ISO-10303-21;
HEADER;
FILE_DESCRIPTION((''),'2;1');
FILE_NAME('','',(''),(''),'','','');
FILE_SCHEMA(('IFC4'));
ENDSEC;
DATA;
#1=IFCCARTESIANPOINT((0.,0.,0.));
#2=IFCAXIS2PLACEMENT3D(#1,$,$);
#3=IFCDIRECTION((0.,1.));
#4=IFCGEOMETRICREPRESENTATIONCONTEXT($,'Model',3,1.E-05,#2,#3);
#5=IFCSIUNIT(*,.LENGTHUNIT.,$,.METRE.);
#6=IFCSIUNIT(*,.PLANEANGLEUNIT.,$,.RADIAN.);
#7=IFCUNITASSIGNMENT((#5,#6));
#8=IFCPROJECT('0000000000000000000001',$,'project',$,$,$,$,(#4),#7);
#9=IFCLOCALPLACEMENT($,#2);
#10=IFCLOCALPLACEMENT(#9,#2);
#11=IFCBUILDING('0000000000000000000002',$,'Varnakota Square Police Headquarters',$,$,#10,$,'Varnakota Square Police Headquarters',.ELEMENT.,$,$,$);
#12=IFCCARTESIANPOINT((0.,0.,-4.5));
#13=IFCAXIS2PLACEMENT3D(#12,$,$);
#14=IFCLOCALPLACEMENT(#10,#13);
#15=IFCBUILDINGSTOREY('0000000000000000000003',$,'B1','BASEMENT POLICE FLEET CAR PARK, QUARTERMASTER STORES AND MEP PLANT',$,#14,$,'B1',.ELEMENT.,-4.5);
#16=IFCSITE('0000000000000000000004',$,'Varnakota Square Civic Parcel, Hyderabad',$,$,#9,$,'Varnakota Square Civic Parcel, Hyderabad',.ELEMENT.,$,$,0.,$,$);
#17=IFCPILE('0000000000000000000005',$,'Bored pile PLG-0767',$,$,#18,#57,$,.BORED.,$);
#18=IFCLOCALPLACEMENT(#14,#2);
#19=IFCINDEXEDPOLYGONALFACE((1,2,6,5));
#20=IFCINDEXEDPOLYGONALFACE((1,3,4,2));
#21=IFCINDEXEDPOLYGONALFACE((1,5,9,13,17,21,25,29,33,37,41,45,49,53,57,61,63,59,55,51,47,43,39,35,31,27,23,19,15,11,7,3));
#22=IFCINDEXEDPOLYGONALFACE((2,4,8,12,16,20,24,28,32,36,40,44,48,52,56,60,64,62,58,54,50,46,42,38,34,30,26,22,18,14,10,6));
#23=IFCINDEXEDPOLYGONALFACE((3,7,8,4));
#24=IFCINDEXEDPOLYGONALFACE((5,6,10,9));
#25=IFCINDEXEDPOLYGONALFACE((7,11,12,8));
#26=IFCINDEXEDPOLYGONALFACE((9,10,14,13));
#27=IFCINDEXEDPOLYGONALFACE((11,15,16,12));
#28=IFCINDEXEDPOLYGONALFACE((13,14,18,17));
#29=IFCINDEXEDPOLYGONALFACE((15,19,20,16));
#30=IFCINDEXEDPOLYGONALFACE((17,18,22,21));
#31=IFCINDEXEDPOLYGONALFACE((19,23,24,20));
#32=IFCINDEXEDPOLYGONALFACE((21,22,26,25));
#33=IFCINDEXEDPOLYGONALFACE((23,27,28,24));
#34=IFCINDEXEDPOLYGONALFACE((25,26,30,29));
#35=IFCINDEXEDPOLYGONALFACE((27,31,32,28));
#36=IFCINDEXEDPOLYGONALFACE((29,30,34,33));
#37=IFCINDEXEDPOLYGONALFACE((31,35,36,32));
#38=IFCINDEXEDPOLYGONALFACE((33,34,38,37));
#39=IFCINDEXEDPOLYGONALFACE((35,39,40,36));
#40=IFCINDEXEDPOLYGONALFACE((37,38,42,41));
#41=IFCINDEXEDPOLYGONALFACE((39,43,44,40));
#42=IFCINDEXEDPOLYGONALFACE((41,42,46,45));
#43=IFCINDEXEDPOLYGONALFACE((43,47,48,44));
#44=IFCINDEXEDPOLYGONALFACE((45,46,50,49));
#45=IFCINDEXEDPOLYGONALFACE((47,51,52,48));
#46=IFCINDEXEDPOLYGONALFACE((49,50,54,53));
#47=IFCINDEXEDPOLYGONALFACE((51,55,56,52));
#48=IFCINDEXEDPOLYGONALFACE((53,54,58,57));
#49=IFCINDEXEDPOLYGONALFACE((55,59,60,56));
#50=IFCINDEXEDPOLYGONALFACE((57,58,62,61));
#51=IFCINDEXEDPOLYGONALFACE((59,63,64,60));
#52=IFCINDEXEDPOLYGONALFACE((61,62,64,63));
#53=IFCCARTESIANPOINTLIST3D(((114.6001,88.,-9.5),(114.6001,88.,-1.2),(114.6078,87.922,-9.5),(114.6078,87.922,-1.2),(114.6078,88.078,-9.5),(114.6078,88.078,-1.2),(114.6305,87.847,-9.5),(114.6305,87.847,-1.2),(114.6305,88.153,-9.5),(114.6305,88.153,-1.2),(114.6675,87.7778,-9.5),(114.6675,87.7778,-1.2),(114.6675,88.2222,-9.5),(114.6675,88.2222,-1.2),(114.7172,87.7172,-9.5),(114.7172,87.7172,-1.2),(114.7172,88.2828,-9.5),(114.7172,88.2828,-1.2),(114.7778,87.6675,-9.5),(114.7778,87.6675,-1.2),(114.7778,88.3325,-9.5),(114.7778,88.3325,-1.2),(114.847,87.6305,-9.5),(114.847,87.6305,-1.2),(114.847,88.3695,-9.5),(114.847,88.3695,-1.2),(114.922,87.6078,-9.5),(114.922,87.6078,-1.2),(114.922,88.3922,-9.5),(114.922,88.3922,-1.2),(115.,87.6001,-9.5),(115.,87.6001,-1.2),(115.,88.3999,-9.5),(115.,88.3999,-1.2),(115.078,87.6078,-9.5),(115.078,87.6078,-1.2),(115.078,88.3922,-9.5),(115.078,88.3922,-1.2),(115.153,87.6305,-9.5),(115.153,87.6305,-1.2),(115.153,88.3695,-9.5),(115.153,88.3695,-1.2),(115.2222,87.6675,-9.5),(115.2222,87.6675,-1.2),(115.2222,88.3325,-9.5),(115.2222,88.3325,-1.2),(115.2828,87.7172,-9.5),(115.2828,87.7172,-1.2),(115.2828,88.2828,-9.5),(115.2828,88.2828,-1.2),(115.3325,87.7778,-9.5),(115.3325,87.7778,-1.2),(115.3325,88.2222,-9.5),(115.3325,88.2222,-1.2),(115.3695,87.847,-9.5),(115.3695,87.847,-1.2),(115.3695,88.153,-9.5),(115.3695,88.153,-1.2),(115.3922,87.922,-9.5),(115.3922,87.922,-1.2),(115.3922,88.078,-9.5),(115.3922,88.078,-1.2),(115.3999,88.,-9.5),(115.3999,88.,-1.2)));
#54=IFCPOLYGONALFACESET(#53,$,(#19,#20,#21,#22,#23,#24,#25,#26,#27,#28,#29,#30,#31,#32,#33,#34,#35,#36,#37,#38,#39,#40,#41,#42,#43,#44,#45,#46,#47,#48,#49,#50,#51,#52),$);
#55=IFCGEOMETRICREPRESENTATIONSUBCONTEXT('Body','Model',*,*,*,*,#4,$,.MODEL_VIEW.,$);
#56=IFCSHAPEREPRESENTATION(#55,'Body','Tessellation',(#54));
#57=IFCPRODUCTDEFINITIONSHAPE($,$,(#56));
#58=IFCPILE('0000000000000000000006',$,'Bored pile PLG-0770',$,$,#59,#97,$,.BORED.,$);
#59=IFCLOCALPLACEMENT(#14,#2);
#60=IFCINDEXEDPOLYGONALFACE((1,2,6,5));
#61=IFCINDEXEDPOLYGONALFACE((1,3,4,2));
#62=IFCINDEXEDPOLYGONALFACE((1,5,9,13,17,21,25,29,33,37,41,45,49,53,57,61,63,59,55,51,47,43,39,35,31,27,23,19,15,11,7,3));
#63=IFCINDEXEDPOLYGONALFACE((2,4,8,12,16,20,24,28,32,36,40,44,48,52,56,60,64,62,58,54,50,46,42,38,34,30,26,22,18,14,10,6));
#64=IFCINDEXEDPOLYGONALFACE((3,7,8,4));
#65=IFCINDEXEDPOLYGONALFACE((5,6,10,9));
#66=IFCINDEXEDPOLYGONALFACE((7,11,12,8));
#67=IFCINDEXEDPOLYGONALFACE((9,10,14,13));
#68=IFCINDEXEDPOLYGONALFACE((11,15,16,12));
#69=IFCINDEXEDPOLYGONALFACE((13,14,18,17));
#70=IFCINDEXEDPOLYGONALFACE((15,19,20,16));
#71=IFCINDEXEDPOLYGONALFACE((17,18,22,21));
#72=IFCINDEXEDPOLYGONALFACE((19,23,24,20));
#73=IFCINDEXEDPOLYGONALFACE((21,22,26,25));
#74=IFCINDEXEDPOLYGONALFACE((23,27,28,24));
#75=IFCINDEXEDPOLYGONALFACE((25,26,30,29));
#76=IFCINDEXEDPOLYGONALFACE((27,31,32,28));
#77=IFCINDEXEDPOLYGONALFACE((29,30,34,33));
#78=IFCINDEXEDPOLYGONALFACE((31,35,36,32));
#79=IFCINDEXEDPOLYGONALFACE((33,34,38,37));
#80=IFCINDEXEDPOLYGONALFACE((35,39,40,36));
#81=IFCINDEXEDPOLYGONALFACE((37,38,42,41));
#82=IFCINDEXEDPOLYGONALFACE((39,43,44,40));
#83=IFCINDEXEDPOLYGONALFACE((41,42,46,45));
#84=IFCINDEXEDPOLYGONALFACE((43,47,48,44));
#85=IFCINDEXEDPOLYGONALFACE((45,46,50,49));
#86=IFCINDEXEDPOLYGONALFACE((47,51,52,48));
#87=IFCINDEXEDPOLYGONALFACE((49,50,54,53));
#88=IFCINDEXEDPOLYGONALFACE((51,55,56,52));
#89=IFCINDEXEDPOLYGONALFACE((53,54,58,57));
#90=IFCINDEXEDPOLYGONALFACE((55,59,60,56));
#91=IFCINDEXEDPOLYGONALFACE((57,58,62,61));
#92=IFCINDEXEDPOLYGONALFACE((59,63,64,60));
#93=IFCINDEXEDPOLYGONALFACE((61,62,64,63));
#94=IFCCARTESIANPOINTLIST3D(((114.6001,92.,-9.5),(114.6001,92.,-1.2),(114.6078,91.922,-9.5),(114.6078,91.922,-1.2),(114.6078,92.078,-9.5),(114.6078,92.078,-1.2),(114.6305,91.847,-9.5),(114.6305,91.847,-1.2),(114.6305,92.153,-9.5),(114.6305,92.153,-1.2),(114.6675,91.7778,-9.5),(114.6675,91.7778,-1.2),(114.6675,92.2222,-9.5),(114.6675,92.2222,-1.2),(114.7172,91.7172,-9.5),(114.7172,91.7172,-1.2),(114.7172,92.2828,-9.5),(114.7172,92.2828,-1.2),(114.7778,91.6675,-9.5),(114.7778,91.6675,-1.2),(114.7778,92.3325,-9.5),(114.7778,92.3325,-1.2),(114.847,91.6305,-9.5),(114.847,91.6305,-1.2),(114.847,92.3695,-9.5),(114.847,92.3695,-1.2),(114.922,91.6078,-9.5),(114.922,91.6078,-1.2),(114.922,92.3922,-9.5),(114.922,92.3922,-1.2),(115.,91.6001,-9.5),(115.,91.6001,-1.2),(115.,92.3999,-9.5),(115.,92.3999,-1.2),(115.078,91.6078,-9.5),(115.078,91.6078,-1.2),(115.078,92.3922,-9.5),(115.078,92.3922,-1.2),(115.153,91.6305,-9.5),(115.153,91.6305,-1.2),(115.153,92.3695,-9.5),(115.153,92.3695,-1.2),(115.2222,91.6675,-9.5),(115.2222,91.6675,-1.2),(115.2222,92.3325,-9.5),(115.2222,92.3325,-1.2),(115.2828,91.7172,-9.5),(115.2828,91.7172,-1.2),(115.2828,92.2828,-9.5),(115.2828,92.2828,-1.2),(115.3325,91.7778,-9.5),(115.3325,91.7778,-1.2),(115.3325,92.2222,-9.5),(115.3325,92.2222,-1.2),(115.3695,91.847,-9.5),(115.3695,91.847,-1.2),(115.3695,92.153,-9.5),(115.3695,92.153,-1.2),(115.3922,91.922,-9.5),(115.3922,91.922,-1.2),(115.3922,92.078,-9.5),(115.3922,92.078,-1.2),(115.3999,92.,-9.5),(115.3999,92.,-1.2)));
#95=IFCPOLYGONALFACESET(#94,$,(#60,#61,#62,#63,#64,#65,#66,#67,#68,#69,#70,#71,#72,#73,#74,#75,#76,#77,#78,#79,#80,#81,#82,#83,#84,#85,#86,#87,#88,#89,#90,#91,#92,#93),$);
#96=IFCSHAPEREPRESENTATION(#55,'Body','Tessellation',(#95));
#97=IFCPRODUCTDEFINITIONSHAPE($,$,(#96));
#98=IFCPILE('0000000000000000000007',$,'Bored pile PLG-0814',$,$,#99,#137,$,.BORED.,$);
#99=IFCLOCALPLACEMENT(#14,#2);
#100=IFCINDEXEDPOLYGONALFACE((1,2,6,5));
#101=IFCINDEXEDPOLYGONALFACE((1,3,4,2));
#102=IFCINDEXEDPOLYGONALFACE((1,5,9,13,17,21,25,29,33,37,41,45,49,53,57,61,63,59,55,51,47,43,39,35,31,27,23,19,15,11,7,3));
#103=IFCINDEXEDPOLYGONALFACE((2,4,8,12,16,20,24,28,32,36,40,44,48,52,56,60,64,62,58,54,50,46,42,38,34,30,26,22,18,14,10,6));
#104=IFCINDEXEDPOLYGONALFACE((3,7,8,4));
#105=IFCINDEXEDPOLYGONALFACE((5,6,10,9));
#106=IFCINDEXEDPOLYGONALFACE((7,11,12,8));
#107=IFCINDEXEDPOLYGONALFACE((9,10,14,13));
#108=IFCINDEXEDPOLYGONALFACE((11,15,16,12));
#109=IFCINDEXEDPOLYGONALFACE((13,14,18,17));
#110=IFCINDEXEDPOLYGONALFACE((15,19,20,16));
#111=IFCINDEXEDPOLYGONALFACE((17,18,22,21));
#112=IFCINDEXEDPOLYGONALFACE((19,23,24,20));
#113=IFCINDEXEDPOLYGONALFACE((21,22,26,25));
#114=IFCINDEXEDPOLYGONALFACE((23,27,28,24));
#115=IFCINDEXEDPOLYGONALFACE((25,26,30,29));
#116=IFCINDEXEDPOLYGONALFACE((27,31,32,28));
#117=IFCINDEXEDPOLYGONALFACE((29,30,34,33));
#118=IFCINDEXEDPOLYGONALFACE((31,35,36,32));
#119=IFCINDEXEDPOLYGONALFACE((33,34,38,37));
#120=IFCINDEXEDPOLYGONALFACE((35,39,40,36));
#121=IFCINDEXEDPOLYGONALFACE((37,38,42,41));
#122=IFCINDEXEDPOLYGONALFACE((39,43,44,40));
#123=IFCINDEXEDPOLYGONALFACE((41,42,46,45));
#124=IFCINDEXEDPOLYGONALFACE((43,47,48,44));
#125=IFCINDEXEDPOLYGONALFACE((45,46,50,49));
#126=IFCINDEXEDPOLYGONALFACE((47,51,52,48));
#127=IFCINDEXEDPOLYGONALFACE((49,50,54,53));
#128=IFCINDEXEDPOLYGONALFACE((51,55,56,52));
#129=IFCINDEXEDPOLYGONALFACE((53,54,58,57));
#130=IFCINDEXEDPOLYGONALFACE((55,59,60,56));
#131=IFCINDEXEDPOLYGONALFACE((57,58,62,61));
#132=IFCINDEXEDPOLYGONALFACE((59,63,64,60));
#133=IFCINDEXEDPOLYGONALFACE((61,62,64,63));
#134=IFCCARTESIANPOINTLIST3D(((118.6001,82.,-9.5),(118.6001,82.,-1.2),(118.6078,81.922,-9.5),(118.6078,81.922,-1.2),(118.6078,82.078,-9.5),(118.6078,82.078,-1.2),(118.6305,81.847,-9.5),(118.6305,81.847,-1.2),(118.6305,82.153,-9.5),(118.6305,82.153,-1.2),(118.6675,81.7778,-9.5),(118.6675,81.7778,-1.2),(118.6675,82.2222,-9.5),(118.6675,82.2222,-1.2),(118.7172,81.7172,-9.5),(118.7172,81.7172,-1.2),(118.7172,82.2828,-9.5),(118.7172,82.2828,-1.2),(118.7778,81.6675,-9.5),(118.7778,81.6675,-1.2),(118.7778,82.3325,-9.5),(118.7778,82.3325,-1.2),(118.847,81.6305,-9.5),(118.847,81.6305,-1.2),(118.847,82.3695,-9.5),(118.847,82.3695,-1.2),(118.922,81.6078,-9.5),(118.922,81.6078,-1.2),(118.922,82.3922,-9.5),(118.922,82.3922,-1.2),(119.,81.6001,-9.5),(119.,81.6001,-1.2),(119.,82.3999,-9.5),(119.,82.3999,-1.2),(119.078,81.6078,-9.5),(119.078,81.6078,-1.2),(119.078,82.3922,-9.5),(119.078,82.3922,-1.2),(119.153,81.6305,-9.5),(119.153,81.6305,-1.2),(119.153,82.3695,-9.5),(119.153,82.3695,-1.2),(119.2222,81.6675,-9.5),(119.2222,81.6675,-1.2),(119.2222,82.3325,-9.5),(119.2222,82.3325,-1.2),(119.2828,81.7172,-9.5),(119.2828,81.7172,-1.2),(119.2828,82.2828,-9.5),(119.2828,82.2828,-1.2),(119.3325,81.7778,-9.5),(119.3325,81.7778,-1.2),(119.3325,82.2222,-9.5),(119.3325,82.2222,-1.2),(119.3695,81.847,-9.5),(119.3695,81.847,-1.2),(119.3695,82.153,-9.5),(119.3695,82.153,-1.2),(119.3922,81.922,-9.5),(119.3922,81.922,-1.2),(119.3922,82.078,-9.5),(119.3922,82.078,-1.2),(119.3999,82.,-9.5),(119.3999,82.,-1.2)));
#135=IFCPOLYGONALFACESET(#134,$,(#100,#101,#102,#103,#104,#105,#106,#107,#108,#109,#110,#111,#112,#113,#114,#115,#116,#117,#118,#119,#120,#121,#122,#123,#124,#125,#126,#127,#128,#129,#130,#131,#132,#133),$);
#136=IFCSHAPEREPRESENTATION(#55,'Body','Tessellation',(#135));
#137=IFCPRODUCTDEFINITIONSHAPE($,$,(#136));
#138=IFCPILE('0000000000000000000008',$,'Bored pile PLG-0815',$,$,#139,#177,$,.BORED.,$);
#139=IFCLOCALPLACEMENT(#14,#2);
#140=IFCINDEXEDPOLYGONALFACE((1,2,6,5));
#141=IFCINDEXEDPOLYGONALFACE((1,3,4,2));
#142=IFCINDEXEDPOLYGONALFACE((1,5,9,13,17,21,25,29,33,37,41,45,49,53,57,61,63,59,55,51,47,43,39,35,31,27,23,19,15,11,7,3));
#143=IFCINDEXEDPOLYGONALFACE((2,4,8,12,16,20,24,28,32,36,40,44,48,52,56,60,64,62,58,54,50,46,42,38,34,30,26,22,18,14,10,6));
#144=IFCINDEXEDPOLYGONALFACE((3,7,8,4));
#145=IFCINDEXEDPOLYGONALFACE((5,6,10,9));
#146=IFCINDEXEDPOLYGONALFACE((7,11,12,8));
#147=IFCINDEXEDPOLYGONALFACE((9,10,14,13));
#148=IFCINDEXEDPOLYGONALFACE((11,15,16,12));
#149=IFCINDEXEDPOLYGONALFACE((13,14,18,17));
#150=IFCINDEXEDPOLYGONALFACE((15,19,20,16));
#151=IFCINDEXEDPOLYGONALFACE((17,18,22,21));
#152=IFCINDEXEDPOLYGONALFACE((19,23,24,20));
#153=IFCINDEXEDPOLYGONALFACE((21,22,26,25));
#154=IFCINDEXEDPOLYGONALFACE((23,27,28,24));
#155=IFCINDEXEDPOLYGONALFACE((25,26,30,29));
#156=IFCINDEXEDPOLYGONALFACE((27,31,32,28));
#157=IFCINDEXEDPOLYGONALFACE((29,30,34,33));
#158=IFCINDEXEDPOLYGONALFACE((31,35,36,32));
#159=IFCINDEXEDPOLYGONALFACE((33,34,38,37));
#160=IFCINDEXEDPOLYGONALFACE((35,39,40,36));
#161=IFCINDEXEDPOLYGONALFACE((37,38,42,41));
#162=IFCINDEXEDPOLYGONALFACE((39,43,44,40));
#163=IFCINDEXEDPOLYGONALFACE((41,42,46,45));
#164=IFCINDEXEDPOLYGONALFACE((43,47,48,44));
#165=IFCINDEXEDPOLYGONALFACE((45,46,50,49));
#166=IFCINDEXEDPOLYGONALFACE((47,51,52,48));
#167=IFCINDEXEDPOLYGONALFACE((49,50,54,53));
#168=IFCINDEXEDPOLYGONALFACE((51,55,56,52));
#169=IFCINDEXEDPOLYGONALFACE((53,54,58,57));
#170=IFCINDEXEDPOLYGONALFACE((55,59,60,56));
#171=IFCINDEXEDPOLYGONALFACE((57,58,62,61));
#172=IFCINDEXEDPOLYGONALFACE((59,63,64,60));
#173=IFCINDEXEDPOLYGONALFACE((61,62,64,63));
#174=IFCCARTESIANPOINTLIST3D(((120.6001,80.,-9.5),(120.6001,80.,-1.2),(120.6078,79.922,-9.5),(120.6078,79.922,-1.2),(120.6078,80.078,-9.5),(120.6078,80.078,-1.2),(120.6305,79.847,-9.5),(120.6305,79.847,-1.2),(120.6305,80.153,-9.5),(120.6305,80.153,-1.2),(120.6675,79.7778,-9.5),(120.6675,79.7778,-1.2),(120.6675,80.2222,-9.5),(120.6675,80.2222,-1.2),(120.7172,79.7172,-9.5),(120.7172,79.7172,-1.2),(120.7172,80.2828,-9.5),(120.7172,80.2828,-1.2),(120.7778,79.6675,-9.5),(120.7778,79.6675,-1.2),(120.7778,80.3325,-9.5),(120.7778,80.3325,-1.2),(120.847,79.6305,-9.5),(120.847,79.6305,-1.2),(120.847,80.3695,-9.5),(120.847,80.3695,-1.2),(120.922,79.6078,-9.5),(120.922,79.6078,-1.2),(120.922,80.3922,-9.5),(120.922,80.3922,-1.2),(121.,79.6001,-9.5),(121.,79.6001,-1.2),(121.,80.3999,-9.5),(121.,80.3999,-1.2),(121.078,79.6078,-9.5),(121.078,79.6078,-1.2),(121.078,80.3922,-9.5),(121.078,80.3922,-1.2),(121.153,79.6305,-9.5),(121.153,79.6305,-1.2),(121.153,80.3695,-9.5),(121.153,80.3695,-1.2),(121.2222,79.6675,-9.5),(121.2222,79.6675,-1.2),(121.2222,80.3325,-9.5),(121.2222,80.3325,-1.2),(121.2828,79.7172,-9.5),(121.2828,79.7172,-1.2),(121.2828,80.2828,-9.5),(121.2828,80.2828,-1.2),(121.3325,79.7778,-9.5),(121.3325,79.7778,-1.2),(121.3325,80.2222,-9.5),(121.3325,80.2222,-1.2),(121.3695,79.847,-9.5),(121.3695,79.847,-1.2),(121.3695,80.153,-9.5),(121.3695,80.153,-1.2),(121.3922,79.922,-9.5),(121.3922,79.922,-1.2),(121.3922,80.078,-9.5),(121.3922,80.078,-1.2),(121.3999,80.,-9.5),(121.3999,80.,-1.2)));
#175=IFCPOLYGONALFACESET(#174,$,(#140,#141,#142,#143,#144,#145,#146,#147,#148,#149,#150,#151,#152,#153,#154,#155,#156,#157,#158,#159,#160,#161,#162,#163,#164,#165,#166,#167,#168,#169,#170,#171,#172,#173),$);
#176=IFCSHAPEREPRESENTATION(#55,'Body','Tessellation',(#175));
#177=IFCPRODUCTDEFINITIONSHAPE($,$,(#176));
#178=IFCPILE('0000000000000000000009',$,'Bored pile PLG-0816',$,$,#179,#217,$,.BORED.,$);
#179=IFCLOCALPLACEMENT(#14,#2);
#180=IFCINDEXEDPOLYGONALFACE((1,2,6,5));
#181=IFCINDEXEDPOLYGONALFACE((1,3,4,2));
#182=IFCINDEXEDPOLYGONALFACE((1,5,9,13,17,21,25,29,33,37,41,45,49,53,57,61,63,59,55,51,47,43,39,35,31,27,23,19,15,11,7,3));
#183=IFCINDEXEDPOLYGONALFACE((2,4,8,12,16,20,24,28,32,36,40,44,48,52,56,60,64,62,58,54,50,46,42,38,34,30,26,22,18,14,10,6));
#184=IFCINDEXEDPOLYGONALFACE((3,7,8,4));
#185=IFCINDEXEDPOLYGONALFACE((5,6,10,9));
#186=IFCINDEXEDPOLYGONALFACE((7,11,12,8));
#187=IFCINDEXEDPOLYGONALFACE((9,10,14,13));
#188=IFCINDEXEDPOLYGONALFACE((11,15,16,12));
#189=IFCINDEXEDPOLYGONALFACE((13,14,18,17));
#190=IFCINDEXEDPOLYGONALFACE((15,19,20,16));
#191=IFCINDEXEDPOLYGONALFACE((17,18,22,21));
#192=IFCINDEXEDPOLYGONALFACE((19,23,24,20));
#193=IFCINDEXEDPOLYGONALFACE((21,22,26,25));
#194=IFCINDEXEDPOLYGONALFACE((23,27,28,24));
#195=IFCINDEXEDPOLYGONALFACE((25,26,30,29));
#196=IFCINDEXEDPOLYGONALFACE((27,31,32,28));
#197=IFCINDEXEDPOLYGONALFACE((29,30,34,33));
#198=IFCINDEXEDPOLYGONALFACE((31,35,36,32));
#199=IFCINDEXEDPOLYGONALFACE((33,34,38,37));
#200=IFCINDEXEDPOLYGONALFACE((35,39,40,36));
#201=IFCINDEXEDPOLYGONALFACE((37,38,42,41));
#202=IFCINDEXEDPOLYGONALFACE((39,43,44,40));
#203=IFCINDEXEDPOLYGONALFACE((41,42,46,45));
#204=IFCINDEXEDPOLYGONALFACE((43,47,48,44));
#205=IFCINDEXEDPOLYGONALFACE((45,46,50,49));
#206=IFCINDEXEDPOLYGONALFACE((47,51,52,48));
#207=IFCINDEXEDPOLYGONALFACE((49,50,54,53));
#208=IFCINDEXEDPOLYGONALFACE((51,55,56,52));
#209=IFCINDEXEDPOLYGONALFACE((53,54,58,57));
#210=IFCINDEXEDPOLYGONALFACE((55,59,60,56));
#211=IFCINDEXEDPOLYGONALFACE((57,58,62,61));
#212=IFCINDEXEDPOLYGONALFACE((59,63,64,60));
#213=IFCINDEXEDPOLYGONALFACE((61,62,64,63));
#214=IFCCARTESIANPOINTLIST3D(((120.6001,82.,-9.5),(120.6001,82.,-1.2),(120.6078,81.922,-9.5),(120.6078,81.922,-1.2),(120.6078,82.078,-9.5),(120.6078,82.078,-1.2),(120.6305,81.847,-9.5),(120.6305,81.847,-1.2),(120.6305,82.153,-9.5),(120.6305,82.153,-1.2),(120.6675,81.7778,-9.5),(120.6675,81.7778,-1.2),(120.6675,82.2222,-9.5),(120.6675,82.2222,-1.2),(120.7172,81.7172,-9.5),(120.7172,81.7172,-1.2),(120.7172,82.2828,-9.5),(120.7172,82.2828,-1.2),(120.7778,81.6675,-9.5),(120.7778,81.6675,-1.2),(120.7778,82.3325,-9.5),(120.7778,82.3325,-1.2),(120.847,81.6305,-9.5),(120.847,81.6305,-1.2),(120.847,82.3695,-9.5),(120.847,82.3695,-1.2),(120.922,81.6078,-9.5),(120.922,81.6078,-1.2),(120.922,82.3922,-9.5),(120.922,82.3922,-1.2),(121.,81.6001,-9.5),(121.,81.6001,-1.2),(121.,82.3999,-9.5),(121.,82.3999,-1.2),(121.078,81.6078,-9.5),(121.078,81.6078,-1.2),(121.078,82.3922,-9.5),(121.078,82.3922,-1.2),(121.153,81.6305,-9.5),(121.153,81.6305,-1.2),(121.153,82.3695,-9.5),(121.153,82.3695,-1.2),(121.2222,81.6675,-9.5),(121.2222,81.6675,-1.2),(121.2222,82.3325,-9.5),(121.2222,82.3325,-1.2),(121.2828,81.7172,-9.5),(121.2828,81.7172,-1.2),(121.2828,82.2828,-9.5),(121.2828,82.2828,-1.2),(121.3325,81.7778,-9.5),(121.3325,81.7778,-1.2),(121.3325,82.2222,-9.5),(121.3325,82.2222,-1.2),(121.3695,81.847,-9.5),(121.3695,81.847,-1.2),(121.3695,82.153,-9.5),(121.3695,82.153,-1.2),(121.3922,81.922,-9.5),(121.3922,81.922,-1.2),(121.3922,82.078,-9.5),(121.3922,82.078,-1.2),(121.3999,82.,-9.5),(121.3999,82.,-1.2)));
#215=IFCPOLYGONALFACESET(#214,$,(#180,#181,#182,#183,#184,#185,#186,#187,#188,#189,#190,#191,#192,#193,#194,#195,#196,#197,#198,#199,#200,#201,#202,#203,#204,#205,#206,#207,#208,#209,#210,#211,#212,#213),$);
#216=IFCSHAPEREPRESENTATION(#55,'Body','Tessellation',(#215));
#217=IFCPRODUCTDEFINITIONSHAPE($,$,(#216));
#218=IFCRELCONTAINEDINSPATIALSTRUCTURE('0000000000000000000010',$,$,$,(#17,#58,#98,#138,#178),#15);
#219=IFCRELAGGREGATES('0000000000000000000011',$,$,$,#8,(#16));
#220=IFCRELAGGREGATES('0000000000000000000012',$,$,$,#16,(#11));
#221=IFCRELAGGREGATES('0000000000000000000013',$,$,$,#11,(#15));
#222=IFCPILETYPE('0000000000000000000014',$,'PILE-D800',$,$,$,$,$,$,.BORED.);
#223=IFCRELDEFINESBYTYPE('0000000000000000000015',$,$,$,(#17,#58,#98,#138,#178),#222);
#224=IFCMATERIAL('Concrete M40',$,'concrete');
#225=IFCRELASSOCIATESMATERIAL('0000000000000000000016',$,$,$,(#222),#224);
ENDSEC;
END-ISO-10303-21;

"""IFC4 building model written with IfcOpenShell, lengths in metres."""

from ifc_helpers import new_model, si_unit, direction, frame, origin, origin_2d, place, context, subcontext, project, spatial, circle, extrude, material, material_profile, profile_set, type_object, element, save


model = new_model("IFC4")

# Units and contexts
model_context = context("Model", 3, precision=1e-05, world=origin(), true_north=direction((0.0, 1.0)))
body_context = subcontext(model_context, "Body", "Model", "MODEL_VIEW")
ifc_project = project(units=[si_unit("LENGTHUNIT", "METRE"), si_unit("PLANEANGLEUNIT", "RADIAN")], contexts=[model_context])

# Site, building, storey
site_placement = place(None, origin())
site = spatial("IfcSite", under=ifc_project, at=site_placement, Name="Varnakota Square Civic Parcel, Hyderabad", LongName="Varnakota Square Civic Parcel, Hyderabad", CompositionType="ELEMENT", RefElevation=0.0)
building_placement = place(site_placement, origin())
building = spatial("IfcBuilding", under=site, at=building_placement, Name="Varnakota Square Police Headquarters", LongName="Varnakota Square Police Headquarters", CompositionType="ELEMENT")
storey_placement = place(building_placement, frame((0.0, 0.0, -4.5)))
storey = spatial("IfcBuildingStorey", under=building, at=storey_placement, Name="B1", Description="BASEMENT POLICE FLEET CAR PARK, QUARTERMASTER STORES AND MEP PLANT", LongName="B1", CompositionType="ELEMENT", Elevation=-4.5)

# Shared definitions
ifc_material_1 = material(Name="Concrete M40", Category="concrete")

# Piles
ifc_material_profile_1 = material_profile(ifc_material_1, circle(Radius=0.3999, at=origin_2d()), Name="BORED PILE 800")
ifc_profile_set_1 = profile_set([ifc_material_profile_1], Name="Concrete M40")
pile_type = type_object("IfcPileType", Name="PILE-D800", PredefinedType="BORED", material=ifc_profile_set_1)
for number, where, z_axis, x_axis, name in (
    (1, (115.0, 88.0, -1.2), (0.0, 0.0, -1.0), (1.0, 0.0, 0.0), "Bored pile PLG-0767"),
    (2, (115.0, 92.0, -1.2), (0.0, 0.0, -1.0), (1.0, 0.0, 0.0), "Bored pile PLG-0770"),
    (3, (119.0, 82.0, -1.2), (0.0, 0.0, -1.0), (1.0, 0.0, 0.0), "Bored pile PLG-0814"),
    (4, (121.0, 80.0, -1.2), (0.0, 0.0, -1.0), (1.0, 0.0, 0.0), "Bored pile PLG-0815"),
    (5, (121.0, 82.0, -1.2), (0.0, 0.0, -1.0), (1.0, 0.0, 0.0), "Bored pile PLG-0816"),
):
    element("IfcPile", number, at=place(storey_placement, frame(where, z_axis=z_axis, x_axis=x_axis)), inside=storey, type_object=pile_type, Name=name, PredefinedType="BORED", context=body_context, shape_type="SweptSolid", body=[
        extrude(circle(Radius=0.3999, at=origin_2d()), origin(), (0.0, 0.0, 1.0), 8.3),
    ])

save(model, "model.ifc")
